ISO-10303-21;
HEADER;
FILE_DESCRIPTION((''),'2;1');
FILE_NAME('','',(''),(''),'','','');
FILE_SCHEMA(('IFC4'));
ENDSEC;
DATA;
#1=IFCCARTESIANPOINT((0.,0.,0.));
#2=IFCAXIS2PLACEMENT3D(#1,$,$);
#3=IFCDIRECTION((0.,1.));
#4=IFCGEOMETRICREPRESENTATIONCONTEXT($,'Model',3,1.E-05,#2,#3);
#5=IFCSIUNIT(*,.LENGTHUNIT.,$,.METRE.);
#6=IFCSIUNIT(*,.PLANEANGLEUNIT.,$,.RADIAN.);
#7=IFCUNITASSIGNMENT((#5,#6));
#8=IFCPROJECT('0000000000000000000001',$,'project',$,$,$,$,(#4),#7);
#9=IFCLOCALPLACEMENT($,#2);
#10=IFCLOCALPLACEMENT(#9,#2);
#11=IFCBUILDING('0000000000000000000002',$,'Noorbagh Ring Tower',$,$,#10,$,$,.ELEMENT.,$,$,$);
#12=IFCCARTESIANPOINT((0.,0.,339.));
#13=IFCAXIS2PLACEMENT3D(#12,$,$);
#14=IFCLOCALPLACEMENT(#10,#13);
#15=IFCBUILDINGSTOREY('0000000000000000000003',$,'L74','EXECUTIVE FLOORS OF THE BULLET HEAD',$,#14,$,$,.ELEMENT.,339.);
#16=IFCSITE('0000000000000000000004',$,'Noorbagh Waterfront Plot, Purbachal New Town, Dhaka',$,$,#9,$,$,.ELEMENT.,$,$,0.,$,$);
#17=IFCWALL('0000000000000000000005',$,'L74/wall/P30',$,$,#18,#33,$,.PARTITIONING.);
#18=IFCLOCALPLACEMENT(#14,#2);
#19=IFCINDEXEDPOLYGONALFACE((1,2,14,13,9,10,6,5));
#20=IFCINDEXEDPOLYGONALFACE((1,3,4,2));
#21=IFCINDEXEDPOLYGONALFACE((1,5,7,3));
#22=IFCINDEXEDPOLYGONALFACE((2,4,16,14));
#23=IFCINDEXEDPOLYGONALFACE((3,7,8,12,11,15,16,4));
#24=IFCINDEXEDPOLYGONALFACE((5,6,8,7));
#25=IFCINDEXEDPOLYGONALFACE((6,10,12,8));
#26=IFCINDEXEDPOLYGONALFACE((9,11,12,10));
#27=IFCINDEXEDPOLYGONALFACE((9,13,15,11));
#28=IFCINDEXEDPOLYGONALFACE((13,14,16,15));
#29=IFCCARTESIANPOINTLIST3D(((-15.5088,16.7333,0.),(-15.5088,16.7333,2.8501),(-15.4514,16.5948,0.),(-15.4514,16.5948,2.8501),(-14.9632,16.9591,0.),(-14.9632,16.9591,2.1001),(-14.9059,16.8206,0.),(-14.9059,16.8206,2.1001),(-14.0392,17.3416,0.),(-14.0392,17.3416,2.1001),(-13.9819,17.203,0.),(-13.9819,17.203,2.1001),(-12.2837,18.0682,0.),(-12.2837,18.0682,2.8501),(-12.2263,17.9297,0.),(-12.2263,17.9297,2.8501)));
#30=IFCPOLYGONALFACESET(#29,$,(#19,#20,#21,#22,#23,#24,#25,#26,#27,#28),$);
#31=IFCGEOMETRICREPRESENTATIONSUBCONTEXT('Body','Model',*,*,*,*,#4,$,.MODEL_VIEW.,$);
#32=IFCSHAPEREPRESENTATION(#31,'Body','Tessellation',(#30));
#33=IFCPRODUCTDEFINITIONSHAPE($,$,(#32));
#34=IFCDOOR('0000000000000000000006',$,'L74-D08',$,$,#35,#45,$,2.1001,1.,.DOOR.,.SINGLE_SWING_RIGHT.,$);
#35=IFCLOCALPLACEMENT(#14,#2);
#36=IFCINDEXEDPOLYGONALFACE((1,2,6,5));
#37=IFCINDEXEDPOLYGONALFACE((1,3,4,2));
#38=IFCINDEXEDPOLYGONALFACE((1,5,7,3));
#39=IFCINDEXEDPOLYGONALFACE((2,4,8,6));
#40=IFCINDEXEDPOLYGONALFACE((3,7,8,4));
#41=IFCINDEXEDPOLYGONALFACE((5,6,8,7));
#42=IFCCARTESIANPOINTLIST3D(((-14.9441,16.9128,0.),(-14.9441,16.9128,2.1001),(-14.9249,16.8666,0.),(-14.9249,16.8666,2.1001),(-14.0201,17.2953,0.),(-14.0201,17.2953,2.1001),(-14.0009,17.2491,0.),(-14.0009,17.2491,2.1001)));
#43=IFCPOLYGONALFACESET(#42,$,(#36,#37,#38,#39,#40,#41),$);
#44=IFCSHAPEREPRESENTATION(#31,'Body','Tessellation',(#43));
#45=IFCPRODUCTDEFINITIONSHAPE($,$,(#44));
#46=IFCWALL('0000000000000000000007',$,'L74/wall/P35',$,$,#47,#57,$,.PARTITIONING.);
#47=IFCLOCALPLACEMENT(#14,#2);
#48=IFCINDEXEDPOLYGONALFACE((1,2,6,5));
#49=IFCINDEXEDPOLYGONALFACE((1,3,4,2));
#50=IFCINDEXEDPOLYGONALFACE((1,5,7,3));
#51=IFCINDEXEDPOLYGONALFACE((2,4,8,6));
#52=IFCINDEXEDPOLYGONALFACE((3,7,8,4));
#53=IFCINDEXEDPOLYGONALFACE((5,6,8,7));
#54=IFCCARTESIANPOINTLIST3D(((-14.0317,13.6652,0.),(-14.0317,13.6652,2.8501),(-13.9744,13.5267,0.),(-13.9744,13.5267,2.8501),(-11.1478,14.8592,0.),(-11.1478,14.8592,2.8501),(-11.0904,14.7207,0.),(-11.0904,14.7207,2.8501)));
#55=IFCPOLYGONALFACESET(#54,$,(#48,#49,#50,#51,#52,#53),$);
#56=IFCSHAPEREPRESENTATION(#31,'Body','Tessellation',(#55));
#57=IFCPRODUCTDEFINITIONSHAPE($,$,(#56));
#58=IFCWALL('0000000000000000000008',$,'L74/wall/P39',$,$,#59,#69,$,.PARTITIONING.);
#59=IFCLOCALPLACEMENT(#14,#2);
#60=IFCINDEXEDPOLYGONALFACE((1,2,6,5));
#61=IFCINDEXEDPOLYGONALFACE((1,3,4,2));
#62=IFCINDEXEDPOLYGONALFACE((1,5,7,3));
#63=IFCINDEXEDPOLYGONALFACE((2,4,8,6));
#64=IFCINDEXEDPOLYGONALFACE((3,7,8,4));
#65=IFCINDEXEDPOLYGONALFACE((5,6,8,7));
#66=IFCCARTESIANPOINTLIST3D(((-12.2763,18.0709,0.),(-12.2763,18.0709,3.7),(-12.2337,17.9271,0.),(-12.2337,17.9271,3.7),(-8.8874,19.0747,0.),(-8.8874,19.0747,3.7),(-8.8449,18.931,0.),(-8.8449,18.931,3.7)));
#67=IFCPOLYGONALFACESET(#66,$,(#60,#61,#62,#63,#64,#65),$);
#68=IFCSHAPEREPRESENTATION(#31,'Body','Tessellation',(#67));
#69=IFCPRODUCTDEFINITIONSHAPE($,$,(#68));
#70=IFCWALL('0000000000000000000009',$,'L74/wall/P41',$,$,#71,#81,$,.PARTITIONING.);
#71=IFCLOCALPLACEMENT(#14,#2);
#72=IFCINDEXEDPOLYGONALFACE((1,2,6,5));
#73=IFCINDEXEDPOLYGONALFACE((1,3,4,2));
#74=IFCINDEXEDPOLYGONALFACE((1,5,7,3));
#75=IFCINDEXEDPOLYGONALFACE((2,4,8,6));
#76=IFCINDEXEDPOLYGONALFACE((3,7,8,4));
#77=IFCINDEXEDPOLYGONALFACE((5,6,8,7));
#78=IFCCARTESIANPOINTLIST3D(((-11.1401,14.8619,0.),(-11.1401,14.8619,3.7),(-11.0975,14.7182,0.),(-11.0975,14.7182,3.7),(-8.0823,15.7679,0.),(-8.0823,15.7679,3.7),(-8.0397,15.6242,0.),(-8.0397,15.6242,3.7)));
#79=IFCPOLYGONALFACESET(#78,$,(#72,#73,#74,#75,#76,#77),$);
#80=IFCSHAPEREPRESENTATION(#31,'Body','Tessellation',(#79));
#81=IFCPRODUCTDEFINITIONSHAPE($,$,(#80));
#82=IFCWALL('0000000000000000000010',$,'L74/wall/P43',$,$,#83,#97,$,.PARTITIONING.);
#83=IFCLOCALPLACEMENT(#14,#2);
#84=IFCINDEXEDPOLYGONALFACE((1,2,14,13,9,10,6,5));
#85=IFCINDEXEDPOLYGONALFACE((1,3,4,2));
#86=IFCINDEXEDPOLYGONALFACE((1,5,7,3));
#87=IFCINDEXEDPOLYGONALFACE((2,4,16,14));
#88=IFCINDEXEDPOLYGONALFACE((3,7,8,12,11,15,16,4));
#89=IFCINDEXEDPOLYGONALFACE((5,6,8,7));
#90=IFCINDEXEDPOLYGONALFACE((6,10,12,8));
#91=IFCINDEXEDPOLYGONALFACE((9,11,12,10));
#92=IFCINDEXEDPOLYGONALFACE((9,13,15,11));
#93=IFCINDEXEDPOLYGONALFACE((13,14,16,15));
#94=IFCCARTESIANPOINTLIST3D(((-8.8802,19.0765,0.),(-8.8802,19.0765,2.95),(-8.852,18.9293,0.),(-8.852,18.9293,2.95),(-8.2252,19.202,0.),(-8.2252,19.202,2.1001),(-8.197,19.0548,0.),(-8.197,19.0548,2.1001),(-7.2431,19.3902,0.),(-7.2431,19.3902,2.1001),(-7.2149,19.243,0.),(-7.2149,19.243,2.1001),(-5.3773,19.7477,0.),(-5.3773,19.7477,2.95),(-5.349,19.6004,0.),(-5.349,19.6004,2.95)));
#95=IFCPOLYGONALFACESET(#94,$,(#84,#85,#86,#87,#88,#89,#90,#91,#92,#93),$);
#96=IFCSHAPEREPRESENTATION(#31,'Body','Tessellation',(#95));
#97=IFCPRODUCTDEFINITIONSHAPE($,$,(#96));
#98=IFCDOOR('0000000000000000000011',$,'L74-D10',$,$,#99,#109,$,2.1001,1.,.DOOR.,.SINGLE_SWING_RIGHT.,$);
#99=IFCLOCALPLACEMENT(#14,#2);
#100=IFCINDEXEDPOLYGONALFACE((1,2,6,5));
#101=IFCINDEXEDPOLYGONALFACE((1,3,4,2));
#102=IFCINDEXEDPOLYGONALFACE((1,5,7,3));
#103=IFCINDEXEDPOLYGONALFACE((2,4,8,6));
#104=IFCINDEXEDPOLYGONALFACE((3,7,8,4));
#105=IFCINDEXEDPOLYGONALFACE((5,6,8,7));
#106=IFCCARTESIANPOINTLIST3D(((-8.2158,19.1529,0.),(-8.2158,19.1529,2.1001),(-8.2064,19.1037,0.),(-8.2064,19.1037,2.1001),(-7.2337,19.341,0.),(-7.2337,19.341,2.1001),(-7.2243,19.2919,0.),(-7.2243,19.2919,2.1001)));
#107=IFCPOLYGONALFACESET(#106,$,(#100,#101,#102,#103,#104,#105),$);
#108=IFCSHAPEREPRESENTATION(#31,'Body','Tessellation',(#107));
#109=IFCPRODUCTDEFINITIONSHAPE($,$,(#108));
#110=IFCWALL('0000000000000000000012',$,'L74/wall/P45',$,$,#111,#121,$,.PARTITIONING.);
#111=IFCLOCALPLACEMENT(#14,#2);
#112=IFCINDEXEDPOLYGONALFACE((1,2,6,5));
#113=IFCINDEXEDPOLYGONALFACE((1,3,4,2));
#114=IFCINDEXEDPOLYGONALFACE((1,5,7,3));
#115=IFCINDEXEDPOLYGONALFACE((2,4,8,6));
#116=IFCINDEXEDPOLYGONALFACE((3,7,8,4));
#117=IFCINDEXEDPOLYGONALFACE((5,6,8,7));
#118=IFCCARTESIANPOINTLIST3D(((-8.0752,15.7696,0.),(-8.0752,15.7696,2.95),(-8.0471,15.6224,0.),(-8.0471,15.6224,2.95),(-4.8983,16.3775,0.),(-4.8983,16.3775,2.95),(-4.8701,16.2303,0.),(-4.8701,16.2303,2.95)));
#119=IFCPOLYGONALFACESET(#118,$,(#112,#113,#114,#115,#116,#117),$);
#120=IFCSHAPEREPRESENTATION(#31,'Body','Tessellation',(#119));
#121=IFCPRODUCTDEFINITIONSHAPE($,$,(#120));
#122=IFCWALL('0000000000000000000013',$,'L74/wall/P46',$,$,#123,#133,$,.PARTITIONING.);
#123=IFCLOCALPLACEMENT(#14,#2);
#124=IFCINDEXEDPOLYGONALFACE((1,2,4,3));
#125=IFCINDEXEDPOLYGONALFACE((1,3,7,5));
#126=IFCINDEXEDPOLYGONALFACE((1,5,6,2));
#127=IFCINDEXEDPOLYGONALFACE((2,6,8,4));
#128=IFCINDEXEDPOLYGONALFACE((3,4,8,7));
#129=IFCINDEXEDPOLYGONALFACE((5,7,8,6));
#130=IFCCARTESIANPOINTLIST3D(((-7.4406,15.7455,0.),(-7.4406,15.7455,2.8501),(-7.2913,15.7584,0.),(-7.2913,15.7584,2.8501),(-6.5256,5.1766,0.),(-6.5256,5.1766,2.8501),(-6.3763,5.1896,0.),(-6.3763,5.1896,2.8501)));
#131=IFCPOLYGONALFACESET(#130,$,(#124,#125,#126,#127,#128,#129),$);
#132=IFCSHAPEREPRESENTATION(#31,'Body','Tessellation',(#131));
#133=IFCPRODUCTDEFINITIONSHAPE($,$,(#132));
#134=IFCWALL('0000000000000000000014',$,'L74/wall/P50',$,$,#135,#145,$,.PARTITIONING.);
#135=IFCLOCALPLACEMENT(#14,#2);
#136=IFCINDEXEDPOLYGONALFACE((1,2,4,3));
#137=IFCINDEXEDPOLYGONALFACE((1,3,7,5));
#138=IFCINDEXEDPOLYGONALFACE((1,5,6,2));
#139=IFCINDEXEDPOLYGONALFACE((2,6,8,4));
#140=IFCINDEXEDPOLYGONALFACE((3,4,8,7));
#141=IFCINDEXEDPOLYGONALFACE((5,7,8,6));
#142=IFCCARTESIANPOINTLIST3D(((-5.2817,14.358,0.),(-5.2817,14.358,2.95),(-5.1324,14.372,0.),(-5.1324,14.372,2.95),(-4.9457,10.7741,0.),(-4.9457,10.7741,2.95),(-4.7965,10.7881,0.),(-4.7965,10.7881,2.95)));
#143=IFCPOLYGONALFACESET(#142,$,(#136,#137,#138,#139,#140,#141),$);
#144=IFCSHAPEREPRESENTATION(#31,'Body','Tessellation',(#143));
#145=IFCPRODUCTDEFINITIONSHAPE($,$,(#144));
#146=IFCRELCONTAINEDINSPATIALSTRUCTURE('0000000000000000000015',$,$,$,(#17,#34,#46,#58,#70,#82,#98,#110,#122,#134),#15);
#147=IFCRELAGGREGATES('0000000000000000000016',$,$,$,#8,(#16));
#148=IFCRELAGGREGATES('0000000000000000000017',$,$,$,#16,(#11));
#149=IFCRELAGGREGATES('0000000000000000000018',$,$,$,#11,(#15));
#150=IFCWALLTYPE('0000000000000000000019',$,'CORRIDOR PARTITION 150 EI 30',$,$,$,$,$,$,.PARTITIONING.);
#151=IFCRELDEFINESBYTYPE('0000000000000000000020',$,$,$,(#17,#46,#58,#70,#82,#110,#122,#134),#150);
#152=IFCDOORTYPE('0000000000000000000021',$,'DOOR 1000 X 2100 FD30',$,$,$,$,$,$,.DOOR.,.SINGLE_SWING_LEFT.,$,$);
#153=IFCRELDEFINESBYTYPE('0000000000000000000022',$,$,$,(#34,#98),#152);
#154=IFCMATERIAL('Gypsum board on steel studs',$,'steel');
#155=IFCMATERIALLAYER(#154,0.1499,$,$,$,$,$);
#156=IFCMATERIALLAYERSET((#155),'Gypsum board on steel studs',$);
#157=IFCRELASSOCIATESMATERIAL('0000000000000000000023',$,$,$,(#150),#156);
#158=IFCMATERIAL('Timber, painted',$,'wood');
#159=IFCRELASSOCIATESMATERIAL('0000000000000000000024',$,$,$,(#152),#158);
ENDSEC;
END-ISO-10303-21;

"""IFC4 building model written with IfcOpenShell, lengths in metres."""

from ifc_helpers import new_model, si_unit, direction, frame, frame_2d, origin, place, context, subcontext, project, spatial, rectangle, extrude, material, layer, layer_set, type_object, element, fill, save


model = new_model("IFC4")

# Units and contexts
model_context = context("Model", 3, precision=1e-05, world=origin(), true_north=direction((0.0, 1.0)))
body_context = subcontext(model_context, "Body", "Model", "MODEL_VIEW")
ifc_project = project(units=[si_unit("LENGTHUNIT", "METRE"), si_unit("PLANEANGLEUNIT", "RADIAN")], contexts=[model_context])

# Site, building, storey
site_placement = place(None, origin())
site = spatial("IfcSite", under=ifc_project, at=site_placement, Name="Noorbagh Waterfront Plot, Purbachal New Town, Dhaka", CompositionType="ELEMENT", RefElevation=0.0)
building_placement = place(site_placement, origin())
building = spatial("IfcBuilding", under=site, at=building_placement, Name="Noorbagh Ring Tower", CompositionType="ELEMENT")
storey_placement = place(building_placement, frame((0.0, 0.0, 339.0)))
storey = spatial("IfcBuildingStorey", under=building, at=storey_placement, Name="L74", Description="EXECUTIVE FLOORS OF THE BULLET HEAD", CompositionType="ELEMENT", Elevation=339.0)

# Wall, opening, door
ifc_material_1 = material(Name="Gypsum board on steel studs", Category="steel")
ifc_layer_1 = layer(ifc_material_1, 0.1499)
ifc_layer_set_1 = layer_set([ifc_layer_1], Name="Gypsum board on steel studs")
wall_type_1 = type_object("IfcWallType", Name="CORRIDOR PARTITION 150 EI 30", PredefinedType="PARTITIONING", material=ifc_layer_set_1)
wall_1_placement = place(storey_placement, frame((-15.48, 16.6641, 0.0), z_axis=(0.0, 0.0, 1.0), x_axis=(0.923973, 0.382459, 0.0)))
wall_1 = element("IfcWall", 1, at=wall_1_placement, inside=storey, type_object=wall_type_1, Name="L74/wall/P30", PredefinedType="PARTITIONING", context=body_context, shape_type="SweptSolid", body=[
    extrude(rectangle(XDim=3.4905, YDim=0.1499, at=frame_2d((1.7451, 0.0))), origin(), (0.0, 0.0, 1.0), 2.8501),
])
opening_1_placement = place(wall_1_placement, frame((0.5903, 0.0, 0.0)))
opening_1 = element("IfcOpeningElement", 2, at=opening_1_placement, cuts=wall_1, PredefinedType="OPENING", context=body_context, shape_type="SweptSolid", body=[
    extrude(rectangle(XDim=1.0, YDim=2.1001, at=frame_2d((0.5, 1.05))), frame((0.0, 0.085, 0.0), z_axis=(0.0, -1.0, 0.0), x_axis=(1.0, 0.0, 0.0)), (0.0, 0.0, 1.0), 0.1699),
])
ifc_material_2 = material(Name="Timber, painted", Category="wood")
door_type_1 = type_object("IfcDoorType", Name="DOOR 1000 X 2100 FD30", OperationType="SINGLE_SWING_LEFT", PredefinedType="DOOR", material=ifc_material_2)
door_1_placement = place(opening_1_placement, origin())
door_1 = element("IfcDoor", 3, at=door_1_placement, inside=storey, type_object=door_type_1, Name="L74-D08", OperationType="SINGLE_SWING_RIGHT", OverallHeight=2.1001, OverallWidth=1.0, PredefinedType="DOOR", context=body_context, shape_type="SweptSolid", body=[
    extrude(rectangle(XDim=1.0, YDim=2.1001, at=frame_2d((0.5, 1.05))), frame((0.0, 0.0249, 0.0), z_axis=(0.0, -1.0, 0.0), x_axis=(1.0, 0.0, 0.0)), (0.0, 0.0, 1.0), 0.05),
])
fill(opening_1, door_1)

# Walls
wall_2_placement = place(storey_placement, frame((-14.0029, 13.5959, 0.0), z_axis=(0.0, 0.0, 1.0), x_axis=(0.923938, 0.382543, 0.0)))
element("IfcWall", 4, at=wall_2_placement, inside=storey, type_object=wall_type_1, Name="L74/wall/P35", PredefinedType="PARTITIONING", context=body_context, shape_type="SweptSolid", body=[
    extrude(rectangle(XDim=3.1213, YDim=0.1499, at=frame_2d((1.5605, 0.0))), origin(), (0.0, 0.0, 1.0), 2.8501),
])
wall_3_placement = place(storey_placement, frame((-12.2549, 17.999, 0.0), z_axis=(0.0, 0.0, 1.0), x_axis=(0.958815, 0.284032, 0.0)))
element("IfcWall", 5, at=wall_3_placement, inside=storey, type_object=wall_type_1, Name="L74/wall/P39", PredefinedType="PARTITIONING", context=body_context, shape_type="SweptSolid", body=[
    extrude(rectangle(XDim=3.5344, YDim=0.1499, at=frame_2d((1.7671, 0.0))), origin(), (0.0, 0.0, 1.0), 3.7),
])
wall_4_placement = place(storey_placement, frame((-11.1189, 14.79, 0.0), z_axis=(0.0, 0.0, 1.0), x_axis=(0.9588, 0.284081, 0.0)))
element("IfcWall", 6, at=wall_4_placement, inside=storey, type_object=wall_type_1, Name="L74/wall/P41", PredefinedType="PARTITIONING", context=body_context, shape_type="SweptSolid", body=[
    extrude(rectangle(XDim=3.1892, YDim=0.1499, at=frame_2d((1.5947, 0.0))), origin(), (0.0, 0.0, 1.0), 3.7),
])

# Wall, opening, door
wall_5_placement = place(storey_placement, frame((-8.866, 19.0029, 0.0), z_axis=(0.0, 0.0, 1.0), x_axis=(0.982136, 0.188172, 0.0)))
wall_5 = element("IfcWall", 7, at=wall_5_placement, inside=storey, type_object=wall_type_1, Name="L74/wall/P43", PredefinedType="PARTITIONING", context=body_context, shape_type="SweptSolid", body=[
    extrude(rectangle(XDim=3.5667, YDim=0.1499, at=frame_2d((1.7832, 0.0))), origin(), (0.0, 0.0, 1.0), 2.95),
])
opening_2_placement = place(wall_5_placement, frame((0.6667, 0.0, 0.0)))
opening_2 = element("IfcOpeningElement", 8, at=opening_2_placement, cuts=wall_5, PredefinedType="OPENING", context=body_context, shape_type="SweptSolid", body=[
    extrude(rectangle(XDim=1.0, YDim=2.1001, at=frame_2d((0.5, 1.05))), frame((0.0, 0.085, 0.0), z_axis=(0.0, -1.0, 0.0), x_axis=(1.0, 0.0, 0.0)), (0.0, 0.0, 1.0), 0.1699),
])
door_2_placement = place(opening_2_placement, origin())
door_2 = element("IfcDoor", 9, at=door_2_placement, inside=storey, type_object=door_type_1, Name="L74-D10", OperationType="SINGLE_SWING_RIGHT", OverallHeight=2.1001, OverallWidth=1.0, PredefinedType="DOOR", context=body_context, shape_type="SweptSolid", body=[
    extrude(rectangle(XDim=1.0, YDim=2.1001, at=frame_2d((0.5, 1.05))), frame((0.0, 0.0249, 0.0), z_axis=(0.0, -1.0, 0.0), x_axis=(1.0, 0.0, 0.0)), (0.0, 0.0, 1.0), 0.05),
])
fill(opening_2, door_2)

# Walls
wall_6_placement = place(storey_placement, frame((-8.061, 15.696, 0.0), z_axis=(0.0, 0.0, 1.0), x_axis=(0.982181, 0.187937, 0.0)))
element("IfcWall", 10, at=wall_6_placement, inside=storey, type_object=wall_type_1, Name="L74/wall/P45", PredefinedType="PARTITIONING", context=body_context, shape_type="SweptSolid", body=[
    extrude(rectangle(XDim=3.2346, YDim=0.1499, at=frame_2d((1.6172, 0.0))), origin(), (0.0, 0.0, 1.0), 2.95),
])
wall_7_placement = place(storey_placement, frame((-7.366, 15.752, 0.0), z_axis=(0.0, 0.0, 1.0), x_axis=(0.086256, -0.996273, 0.0)))
element("IfcWall", 11, at=wall_7_placement, inside=storey, type_object=wall_type_1, Name="L74/wall/P46", PredefinedType="PARTITIONING", context=body_context, shape_type="SweptSolid", body=[
    extrude(rectangle(XDim=10.6084, YDim=0.1499, at=frame_2d((5.3042, 0.0))), origin(), (0.0, 0.0, 1.0), 2.8501),
])
wall_8_placement = place(storey_placement, frame((-5.207, 14.365, 0.0), z_axis=(0.0, 0.0, 1.0), x_axis=(0.093324, -0.995636, 0.0)))
element("IfcWall", 12, at=wall_8_placement, inside=storey, type_object=wall_type_1, Name="L74/wall/P50", PredefinedType="PARTITIONING", context=body_context, shape_type="SweptSolid", body=[
    extrude(rectangle(XDim=3.5996, YDim=0.1499, at=frame_2d((1.7998, 0.0))), origin(), (0.0, 0.0, 1.0), 2.95),
])

save(model, "model.ifc")
